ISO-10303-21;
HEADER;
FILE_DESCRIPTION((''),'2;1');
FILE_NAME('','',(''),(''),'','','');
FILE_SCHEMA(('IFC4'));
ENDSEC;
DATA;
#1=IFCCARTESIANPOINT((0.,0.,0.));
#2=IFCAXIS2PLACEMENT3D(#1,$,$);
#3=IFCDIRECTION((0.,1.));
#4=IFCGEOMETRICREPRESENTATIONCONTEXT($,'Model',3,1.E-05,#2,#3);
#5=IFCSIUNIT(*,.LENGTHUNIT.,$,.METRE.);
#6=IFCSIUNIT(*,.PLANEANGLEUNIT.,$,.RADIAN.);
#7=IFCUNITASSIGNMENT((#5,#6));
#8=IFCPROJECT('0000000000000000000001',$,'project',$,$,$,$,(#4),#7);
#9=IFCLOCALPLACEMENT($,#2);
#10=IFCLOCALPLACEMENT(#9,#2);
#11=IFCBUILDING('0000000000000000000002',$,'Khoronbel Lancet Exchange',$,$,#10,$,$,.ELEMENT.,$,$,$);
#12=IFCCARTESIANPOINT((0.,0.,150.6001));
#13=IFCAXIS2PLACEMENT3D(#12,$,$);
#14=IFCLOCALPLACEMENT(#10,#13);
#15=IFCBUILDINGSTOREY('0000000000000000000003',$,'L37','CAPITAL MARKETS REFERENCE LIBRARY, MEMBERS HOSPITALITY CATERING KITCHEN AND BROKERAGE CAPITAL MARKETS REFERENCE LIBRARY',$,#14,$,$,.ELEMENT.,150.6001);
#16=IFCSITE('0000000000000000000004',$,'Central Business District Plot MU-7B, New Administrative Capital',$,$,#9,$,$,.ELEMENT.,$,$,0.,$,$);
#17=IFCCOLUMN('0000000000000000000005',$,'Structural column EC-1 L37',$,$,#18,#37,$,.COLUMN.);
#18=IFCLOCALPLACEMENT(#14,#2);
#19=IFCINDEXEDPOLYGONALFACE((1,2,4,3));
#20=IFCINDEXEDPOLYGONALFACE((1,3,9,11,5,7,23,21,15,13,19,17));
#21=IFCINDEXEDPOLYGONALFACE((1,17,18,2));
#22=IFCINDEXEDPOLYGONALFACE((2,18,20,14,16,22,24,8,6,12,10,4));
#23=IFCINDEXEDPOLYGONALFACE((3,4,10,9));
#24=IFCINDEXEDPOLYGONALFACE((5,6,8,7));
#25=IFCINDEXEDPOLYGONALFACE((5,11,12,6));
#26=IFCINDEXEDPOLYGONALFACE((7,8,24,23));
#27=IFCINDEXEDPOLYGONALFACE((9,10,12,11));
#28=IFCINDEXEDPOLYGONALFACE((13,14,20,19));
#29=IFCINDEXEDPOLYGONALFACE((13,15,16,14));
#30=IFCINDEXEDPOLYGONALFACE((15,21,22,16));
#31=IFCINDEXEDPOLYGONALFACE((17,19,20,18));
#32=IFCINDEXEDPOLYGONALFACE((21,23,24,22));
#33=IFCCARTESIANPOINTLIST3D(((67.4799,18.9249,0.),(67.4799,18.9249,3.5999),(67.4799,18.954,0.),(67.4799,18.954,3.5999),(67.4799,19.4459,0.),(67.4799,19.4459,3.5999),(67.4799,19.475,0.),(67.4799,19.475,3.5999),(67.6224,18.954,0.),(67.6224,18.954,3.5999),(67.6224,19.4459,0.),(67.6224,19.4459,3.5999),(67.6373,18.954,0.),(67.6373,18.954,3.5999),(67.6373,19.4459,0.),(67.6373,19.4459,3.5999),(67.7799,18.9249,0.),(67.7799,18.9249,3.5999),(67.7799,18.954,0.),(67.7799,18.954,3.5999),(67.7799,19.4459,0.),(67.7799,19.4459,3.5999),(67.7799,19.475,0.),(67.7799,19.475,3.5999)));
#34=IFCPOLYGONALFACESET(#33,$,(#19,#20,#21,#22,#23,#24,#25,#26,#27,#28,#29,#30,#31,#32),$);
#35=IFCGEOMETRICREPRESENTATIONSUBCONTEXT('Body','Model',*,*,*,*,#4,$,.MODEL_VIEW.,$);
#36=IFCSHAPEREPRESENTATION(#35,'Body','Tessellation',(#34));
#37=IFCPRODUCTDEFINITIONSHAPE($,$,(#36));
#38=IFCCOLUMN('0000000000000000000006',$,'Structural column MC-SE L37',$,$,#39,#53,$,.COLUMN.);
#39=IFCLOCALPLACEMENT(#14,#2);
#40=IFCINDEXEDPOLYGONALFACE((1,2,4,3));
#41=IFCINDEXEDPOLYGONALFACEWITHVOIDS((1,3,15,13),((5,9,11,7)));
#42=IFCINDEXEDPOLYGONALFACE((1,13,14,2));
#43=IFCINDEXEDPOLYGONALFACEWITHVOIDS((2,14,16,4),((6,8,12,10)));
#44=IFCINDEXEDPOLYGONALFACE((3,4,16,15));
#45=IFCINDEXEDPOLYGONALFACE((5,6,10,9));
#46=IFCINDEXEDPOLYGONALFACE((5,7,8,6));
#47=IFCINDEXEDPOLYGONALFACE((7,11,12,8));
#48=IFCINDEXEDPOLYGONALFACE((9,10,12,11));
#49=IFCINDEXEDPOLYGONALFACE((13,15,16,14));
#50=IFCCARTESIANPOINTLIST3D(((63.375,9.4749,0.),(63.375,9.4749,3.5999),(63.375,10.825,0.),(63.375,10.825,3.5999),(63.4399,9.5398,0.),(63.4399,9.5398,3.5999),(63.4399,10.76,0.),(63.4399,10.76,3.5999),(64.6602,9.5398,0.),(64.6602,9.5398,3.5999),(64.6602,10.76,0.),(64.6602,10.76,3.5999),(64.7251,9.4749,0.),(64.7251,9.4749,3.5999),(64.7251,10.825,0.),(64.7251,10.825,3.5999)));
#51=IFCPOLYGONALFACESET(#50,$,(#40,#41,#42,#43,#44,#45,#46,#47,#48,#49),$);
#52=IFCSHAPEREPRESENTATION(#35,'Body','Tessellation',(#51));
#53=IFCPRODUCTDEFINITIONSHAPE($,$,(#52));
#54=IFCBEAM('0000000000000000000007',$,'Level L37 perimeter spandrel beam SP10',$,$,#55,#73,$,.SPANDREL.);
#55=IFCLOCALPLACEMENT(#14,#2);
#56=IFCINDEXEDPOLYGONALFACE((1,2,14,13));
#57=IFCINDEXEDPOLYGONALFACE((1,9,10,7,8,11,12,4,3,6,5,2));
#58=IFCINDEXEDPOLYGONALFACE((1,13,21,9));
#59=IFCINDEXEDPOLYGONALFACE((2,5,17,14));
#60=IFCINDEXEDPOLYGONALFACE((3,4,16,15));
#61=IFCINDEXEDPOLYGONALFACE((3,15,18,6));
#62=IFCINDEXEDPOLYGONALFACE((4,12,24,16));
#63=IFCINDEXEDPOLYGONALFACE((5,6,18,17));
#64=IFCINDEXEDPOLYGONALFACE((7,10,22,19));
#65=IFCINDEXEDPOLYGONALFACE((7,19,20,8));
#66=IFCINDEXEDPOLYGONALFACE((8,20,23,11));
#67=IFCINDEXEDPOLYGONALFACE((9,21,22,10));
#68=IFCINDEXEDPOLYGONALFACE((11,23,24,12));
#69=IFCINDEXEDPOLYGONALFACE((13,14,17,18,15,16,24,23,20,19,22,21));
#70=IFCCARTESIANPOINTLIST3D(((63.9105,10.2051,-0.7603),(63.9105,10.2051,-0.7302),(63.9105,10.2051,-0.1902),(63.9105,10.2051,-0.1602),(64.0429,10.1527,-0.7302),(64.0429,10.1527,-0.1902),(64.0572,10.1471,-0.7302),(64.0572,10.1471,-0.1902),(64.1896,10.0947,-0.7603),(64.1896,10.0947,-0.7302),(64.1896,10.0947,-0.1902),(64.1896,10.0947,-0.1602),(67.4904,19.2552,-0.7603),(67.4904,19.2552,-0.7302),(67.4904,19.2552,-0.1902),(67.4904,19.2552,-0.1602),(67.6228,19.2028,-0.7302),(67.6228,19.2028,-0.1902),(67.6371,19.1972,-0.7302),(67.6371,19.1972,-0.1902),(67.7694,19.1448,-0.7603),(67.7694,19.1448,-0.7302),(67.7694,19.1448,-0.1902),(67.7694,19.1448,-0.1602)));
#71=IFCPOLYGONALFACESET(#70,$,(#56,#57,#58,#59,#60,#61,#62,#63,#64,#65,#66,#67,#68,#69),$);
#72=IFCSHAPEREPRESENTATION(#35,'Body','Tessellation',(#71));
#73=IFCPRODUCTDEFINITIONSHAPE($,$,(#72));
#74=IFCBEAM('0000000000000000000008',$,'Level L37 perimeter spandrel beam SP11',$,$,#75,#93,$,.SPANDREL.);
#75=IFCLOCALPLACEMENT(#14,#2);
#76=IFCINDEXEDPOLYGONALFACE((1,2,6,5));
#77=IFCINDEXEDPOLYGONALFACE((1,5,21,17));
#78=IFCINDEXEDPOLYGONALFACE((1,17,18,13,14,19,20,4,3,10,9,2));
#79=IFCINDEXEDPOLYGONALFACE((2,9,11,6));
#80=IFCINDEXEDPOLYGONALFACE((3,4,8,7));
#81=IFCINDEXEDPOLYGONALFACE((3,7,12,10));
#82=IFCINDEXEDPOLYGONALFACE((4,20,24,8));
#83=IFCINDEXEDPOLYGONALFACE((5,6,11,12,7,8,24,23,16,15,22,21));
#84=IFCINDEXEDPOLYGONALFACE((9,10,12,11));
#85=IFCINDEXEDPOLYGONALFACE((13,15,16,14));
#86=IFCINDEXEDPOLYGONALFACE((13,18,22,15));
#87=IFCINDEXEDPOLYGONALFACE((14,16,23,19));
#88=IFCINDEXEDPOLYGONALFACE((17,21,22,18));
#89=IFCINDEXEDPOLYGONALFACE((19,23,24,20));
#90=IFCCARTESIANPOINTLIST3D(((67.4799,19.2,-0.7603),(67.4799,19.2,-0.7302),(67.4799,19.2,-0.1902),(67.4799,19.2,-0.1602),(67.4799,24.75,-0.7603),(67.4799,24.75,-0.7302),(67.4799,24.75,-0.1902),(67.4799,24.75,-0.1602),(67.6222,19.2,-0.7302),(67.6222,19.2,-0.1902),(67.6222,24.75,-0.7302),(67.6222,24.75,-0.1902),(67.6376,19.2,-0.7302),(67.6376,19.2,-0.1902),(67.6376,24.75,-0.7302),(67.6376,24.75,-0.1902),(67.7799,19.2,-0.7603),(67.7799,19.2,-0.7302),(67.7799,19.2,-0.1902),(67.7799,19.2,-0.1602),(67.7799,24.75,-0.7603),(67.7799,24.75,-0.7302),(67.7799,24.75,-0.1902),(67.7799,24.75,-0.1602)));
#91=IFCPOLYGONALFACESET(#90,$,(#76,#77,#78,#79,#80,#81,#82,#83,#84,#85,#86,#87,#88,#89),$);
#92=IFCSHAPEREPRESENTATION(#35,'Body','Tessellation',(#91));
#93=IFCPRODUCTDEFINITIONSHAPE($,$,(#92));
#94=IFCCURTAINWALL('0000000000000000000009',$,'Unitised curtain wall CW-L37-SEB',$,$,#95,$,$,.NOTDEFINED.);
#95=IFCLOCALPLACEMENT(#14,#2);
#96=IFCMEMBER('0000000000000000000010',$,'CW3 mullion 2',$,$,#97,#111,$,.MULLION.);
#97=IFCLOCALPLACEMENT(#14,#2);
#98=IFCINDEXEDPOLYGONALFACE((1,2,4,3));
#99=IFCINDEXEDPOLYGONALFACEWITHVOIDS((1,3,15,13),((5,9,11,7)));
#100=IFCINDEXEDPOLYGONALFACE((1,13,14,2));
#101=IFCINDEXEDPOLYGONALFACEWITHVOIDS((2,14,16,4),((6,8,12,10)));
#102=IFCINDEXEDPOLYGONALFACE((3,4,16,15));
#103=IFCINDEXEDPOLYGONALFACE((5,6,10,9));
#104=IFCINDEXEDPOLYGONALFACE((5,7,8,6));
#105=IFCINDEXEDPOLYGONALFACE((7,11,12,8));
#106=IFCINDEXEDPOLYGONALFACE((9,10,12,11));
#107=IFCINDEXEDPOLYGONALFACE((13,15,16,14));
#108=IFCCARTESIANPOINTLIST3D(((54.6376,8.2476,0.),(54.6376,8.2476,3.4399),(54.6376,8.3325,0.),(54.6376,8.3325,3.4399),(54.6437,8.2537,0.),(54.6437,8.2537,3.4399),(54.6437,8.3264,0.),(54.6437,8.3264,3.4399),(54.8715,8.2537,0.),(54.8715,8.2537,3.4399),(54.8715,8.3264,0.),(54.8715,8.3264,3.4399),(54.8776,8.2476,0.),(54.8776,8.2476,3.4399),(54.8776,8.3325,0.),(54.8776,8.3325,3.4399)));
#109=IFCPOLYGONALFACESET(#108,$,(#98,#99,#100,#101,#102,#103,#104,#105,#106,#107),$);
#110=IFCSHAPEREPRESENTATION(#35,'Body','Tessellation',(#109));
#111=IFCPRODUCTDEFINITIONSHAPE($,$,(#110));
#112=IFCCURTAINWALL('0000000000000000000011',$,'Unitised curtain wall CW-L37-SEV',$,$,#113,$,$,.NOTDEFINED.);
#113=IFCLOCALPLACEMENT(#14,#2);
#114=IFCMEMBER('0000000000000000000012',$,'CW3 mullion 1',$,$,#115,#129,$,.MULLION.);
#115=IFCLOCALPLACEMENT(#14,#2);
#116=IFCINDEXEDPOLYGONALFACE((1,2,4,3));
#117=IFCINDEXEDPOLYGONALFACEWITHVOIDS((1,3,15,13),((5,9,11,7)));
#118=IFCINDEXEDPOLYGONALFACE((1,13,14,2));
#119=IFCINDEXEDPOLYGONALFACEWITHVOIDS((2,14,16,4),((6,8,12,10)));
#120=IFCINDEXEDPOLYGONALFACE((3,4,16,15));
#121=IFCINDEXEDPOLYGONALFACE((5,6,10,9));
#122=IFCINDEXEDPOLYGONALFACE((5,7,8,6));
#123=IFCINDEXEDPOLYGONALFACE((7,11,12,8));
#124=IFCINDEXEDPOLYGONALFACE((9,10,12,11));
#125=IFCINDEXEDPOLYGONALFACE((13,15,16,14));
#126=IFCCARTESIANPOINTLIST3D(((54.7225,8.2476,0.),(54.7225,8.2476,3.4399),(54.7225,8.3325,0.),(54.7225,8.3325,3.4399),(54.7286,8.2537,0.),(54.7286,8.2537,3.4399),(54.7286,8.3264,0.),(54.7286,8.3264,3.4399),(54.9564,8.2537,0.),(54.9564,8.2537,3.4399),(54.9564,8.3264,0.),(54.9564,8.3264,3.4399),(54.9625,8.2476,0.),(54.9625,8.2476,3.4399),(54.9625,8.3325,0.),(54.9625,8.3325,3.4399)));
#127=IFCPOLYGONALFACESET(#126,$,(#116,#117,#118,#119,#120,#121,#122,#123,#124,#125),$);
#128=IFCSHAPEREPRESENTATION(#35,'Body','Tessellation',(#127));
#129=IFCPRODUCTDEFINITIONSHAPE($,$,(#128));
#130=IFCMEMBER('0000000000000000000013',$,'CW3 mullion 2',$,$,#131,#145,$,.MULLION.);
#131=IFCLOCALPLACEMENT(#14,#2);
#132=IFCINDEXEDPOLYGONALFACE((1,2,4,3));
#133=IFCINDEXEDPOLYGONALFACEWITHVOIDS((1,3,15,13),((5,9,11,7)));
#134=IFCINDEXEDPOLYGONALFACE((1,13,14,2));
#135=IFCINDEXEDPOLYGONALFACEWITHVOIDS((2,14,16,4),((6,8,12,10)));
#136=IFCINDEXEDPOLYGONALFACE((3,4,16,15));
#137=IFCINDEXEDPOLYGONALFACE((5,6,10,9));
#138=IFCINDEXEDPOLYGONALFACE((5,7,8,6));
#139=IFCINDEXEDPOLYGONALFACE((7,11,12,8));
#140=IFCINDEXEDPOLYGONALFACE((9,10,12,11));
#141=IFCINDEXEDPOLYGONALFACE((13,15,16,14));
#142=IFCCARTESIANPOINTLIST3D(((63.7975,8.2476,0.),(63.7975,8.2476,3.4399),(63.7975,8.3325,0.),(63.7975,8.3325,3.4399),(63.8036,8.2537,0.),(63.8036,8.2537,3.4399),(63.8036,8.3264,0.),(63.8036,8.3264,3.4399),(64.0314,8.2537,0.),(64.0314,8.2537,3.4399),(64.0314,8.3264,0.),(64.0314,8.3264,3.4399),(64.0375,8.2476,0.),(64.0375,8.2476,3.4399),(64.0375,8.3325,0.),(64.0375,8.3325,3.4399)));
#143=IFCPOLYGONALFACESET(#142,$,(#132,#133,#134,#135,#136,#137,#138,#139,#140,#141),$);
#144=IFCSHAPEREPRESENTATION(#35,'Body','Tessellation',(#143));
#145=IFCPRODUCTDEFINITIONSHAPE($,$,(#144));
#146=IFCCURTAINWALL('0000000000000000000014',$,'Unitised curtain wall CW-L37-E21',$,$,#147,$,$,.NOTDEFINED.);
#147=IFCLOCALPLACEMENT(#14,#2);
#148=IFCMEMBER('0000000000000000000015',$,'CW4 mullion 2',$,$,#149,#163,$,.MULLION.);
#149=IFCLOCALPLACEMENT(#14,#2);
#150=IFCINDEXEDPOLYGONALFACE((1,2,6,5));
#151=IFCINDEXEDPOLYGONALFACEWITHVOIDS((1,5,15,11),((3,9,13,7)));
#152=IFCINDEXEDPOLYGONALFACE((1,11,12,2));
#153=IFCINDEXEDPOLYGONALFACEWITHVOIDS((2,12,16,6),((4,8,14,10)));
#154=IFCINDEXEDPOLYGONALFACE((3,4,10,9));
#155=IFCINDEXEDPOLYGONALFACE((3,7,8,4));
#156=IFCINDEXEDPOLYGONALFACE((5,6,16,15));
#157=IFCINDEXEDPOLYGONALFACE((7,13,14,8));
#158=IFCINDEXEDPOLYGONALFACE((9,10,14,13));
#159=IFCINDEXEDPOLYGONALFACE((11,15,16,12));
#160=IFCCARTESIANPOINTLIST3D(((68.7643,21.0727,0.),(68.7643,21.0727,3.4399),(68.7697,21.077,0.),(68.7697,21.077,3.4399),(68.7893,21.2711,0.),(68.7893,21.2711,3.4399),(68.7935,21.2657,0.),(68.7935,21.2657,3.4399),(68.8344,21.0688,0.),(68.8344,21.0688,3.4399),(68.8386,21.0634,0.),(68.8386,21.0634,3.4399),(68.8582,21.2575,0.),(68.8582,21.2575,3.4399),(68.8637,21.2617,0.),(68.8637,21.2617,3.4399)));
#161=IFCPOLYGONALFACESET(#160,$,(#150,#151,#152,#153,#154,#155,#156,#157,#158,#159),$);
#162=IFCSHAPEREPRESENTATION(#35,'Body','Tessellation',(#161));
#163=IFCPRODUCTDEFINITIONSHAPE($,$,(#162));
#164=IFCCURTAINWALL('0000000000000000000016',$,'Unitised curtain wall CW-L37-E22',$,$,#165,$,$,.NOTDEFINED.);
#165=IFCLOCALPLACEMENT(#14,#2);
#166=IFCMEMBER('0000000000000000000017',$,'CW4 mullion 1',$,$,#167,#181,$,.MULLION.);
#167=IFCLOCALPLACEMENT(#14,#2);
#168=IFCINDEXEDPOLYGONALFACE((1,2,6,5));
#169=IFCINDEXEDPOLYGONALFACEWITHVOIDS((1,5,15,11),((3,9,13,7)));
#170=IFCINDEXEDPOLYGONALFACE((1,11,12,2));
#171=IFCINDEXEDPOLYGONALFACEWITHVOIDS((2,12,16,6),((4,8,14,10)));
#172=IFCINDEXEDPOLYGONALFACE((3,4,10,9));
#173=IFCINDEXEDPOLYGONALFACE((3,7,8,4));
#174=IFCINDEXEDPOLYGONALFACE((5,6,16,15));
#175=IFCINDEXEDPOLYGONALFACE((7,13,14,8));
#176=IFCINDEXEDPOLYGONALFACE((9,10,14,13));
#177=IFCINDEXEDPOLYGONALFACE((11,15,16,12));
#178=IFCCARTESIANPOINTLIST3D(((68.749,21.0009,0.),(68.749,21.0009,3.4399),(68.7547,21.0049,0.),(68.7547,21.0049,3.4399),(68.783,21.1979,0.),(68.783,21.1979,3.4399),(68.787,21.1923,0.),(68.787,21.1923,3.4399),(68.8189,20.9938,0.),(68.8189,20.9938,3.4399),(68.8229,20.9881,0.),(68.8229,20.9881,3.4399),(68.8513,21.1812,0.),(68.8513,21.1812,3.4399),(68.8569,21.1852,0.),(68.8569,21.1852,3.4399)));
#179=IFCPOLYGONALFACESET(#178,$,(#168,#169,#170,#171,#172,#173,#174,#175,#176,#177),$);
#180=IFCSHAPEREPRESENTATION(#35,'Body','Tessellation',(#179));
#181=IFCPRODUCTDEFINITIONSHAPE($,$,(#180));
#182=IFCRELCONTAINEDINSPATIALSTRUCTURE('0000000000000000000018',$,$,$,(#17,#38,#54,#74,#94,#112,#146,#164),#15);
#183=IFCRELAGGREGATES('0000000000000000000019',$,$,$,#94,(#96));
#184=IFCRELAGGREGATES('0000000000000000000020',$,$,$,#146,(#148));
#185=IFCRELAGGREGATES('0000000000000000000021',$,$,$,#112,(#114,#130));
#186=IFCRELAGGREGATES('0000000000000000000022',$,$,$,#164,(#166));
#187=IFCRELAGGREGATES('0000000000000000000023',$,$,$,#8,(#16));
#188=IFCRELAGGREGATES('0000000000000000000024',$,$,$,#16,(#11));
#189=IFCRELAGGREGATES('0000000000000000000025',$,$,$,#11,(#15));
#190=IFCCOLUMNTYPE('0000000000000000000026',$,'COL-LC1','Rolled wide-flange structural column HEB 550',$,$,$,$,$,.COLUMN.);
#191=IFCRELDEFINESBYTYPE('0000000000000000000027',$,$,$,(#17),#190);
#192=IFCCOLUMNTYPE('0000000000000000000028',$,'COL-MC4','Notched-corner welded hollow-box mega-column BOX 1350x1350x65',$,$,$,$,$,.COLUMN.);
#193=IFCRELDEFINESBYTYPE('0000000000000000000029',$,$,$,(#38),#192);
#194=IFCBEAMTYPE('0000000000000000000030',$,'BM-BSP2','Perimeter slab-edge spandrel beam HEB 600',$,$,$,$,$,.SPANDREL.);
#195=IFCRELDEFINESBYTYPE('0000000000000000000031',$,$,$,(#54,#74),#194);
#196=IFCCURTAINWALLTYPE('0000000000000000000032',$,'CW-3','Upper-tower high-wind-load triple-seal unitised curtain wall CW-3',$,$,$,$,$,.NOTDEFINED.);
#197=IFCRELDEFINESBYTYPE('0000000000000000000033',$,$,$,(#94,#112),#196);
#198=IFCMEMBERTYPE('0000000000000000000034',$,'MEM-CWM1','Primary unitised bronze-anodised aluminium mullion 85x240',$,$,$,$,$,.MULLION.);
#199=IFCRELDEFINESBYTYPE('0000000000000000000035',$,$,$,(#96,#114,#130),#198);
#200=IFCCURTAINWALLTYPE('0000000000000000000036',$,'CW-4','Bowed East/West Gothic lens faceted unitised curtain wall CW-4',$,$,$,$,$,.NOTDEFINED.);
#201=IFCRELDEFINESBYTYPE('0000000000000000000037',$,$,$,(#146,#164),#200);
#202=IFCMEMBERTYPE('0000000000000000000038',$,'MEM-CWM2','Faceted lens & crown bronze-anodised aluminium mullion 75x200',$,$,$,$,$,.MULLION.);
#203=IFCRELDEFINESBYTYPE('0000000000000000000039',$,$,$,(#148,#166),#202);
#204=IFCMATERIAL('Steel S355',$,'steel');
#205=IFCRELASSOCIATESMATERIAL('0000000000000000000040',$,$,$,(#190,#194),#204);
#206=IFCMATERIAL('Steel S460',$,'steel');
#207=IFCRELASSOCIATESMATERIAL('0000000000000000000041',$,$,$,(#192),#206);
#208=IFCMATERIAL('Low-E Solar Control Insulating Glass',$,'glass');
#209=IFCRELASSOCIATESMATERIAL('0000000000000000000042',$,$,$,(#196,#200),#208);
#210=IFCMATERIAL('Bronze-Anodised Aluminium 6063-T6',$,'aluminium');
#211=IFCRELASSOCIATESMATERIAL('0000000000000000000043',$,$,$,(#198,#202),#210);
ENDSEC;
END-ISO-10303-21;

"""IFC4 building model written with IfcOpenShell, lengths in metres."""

from ifc_helpers import new_model, si_unit, direction, frame, origin, origin_2d, place, context, subcontext, project, spatial, hollow_rectangle, i_section, extrude, material, material_profile, profile_set, type_object, element, aggregate, save


model = new_model("IFC4")

# Units and contexts
model_context = context("Model", 3, precision=1e-05, world=origin(), true_north=direction((0.0, 1.0)))
body_context = subcontext(model_context, "Body", "Model", "MODEL_VIEW")
ifc_project = project(units=[si_unit("LENGTHUNIT", "METRE"), si_unit("PLANEANGLEUNIT", "RADIAN")], contexts=[model_context])

# Site, building, storey
site_placement = place(None, origin())
site = spatial("IfcSite", under=ifc_project, at=site_placement, Name="Central Business District Plot MU-7B, New Administrative Capital", CompositionType="ELEMENT", RefElevation=0.0)
building_placement = place(site_placement, origin())
building = spatial("IfcBuilding", under=site, at=building_placement, Name="Khoronbel Lancet Exchange", CompositionType="ELEMENT")
storey_placement = place(building_placement, frame((0.0, 0.0, 150.6001)))
storey = spatial("IfcBuildingStorey", under=building, at=storey_placement, Name="L37", Description="CAPITAL MARKETS REFERENCE LIBRARY, MEMBERS HOSPITALITY CATERING KITCHEN AND BROKERAGE CAPITAL MARKETS REFERENCE LIBRARY", CompositionType="ELEMENT", Elevation=150.6001)

# Columns
ifc_material_1 = material(Name="Steel S355", Category="steel")
ifc_material_profile_1 = material_profile(ifc_material_1, i_section(OverallWidth=0.3, OverallDepth=0.55, WebThickness=0.0149, FlangeThickness=0.0291, at=origin_2d()), Name="HEB 550")
ifc_profile_set_1 = profile_set([ifc_material_profile_1], Name="Steel S355")
column_type_1 = type_object("IfcColumnType", Name="COL-LC1", Description="Rolled wide-flange structural column HEB 550", PredefinedType="COLUMN", material=ifc_profile_set_1)
column_1_placement = place(storey_placement, frame((67.6299, 19.2, 0.0), z_axis=(0.0, 0.0, 1.0), x_axis=(1.0, 0.0, 0.0)))
element("IfcColumn", 1, at=column_1_placement, inside=storey, type_object=column_type_1, Name="Structural column EC-1 L37", PredefinedType="COLUMN", context=body_context, shape_type="SweptSolid", body=[
    extrude(i_section(OverallWidth=0.3, OverallDepth=0.55, WebThickness=0.0149, FlangeThickness=0.0291, at=origin_2d()), origin(), (0.0, 0.0, 1.0), 3.5999),
])
ifc_material_2 = material(Name="Steel S460", Category="steel")
ifc_material_profile_2 = material_profile(ifc_material_2, hollow_rectangle(XDim=1.3501, YDim=1.3501, WallThickness=0.0649, at=origin_2d()), Name="BOX 1350x1350x65")
ifc_profile_set_2 = profile_set([ifc_material_profile_2], Name="Steel S460")
column_type_2 = type_object("IfcColumnType", Name="COL-MC4", Description="Notched-corner welded hollow-box mega-column BOX 1350x1350x65", PredefinedType="COLUMN", material=ifc_profile_set_2)
column_2_placement = place(storey_placement, frame((64.05, 10.1499, 0.0), z_axis=(0.0, 0.0, 1.0), x_axis=(1.0, 0.0, 0.0)))
element("IfcColumn", 2, at=column_2_placement, inside=storey, type_object=column_type_2, Name="Structural column MC-SE L37", PredefinedType="COLUMN", context=body_context, shape_type="SweptSolid", body=[
    extrude(hollow_rectangle(XDim=1.3501, YDim=1.3501, WallThickness=0.0649, at=origin_2d()), origin(), (0.0, 0.0, 1.0), 3.5999),
])

# Beams
ifc_material_profile_3 = material_profile(ifc_material_1, i_section(OverallWidth=0.3, OverallDepth=0.6001, WebThickness=0.0154, FlangeThickness=0.03, at=origin_2d()), Name="HEB 600")
ifc_profile_set_3 = profile_set([ifc_material_profile_3], Name="Steel S355")
beam_type = type_object("IfcBeamType", Name="BM-BSP2", Description="Perimeter slab-edge spandrel beam HEB 600", PredefinedType="SPANDREL", material=ifc_profile_set_3)
beam_1_placement = place(storey_placement, frame((64.05, 10.1499, -0.4602), z_axis=(0.367828, 0.929894, 0.0), x_axis=(-0.929894, 0.367828, 0.0)))
element("IfcBeam", 3, at=beam_1_placement, inside=storey, type_object=beam_type, Name="Level L37 perimeter spandrel beam SP10", PredefinedType="SPANDREL", context=body_context, shape_type="SweptSolid", body=[
    extrude(i_section(OverallWidth=0.3, OverallDepth=0.6001, WebThickness=0.0154, FlangeThickness=0.03, at=origin_2d()), origin(), (0.0, 0.0, 1.0), 9.7324),
])
beam_2_placement = place(storey_placement, frame((67.6299, 19.2, -0.4602), z_axis=(0.0, 1.0, 0.0), x_axis=(-1.0, 0.0, 0.0)))
element("IfcBeam", 4, at=beam_2_placement, inside=storey, type_object=beam_type, Name="Level L37 perimeter spandrel beam SP11", PredefinedType="SPANDREL", context=body_context, shape_type="SweptSolid", body=[
    extrude(i_section(OverallWidth=0.3, OverallDepth=0.6001, WebThickness=0.0154, FlangeThickness=0.03, at=origin_2d()), origin(), (0.0, 0.0, 1.0), 5.55),
])

# Curtain wall, member
ifc_material_3 = material(Name="Low-E Solar Control Insulating Glass", Category="glass")
curtain_wall_type_1 = type_object("IfcCurtainWallType", Name="CW-3", Description="Upper-tower high-wind-load triple-seal unitised curtain wall CW-3", PredefinedType="NOTDEFINED", material=ifc_material_3)
curtain_wall_1_placement = place(storey_placement, origin())
curtain_wall_1 = element("IfcCurtainWall", 5, at=curtain_wall_1_placement, inside=storey, type_object=curtain_wall_type_1, Name="Unitised curtain wall CW-L37-SEB", PredefinedType="NOTDEFINED")
ifc_material_4 = material(Name="Bronze-Anodised Aluminium 6063-T6", Category="aluminium")
ifc_material_profile_4 = material_profile(ifc_material_4, hollow_rectangle(XDim=0.085, YDim=0.24, WallThickness=0.0061, at=origin_2d()), Name="ALU MULLION 85x240")
ifc_profile_set_4 = profile_set([ifc_material_profile_4], Name="Bronze-Anodised Aluminium 6063-T6")
member_type_1 = type_object("IfcMemberType", Name="MEM-CWM1", Description="Primary unitised bronze-anodised aluminium mullion 85x240", PredefinedType="MULLION", material=ifc_profile_set_4)
member_1_placement = place(storey_placement, frame((54.7576, 8.29, 0.0), z_axis=(0.0, 0.0, 1.0), x_axis=(0.0, 1.0, 0.0)))
member_1 = element("IfcMember", 6, at=member_1_placement, type_object=member_type_1, Name="CW3 mullion 2", PredefinedType="MULLION", context=body_context, shape_type="SweptSolid", body=[
    extrude(hollow_rectangle(XDim=0.085, YDim=0.24, WallThickness=0.0061, at=origin_2d()), origin(), (0.0, 0.0, 1.0), 3.4399),
])
aggregate(curtain_wall_1, [member_1])

# Curtain wall, members
curtain_wall_2_placement = place(storey_placement, origin())
curtain_wall_2 = element("IfcCurtainWall", 7, at=curtain_wall_2_placement, inside=storey, type_object=curtain_wall_type_1, Name="Unitised curtain wall CW-L37-SEV", PredefinedType="NOTDEFINED")
member_2_placement = place(storey_placement, frame((54.8425, 8.29, 0.0), z_axis=(0.0, 0.0, 1.0), x_axis=(0.0, 1.0, 0.0)))
member_2 = element("IfcMember", 8, at=member_2_placement, type_object=member_type_1, Name="CW3 mullion 1", PredefinedType="MULLION", context=body_context, shape_type="SweptSolid", body=[
    extrude(hollow_rectangle(XDim=0.085, YDim=0.24, WallThickness=0.0061, at=origin_2d()), origin(), (0.0, 0.0, 1.0), 3.4399),
])
member_3_placement = place(storey_placement, frame((63.9175, 8.29, 0.0), z_axis=(0.0, 0.0, 1.0), x_axis=(0.0, 1.0, 0.0)))
member_3 = element("IfcMember", 9, at=member_3_placement, type_object=member_type_1, Name="CW3 mullion 2", PredefinedType="MULLION", context=body_context, shape_type="SweptSolid", body=[
    extrude(hollow_rectangle(XDim=0.085, YDim=0.24, WallThickness=0.0061, at=origin_2d()), origin(), (0.0, 0.0, 1.0), 3.4399),
])

# Curtain wall, member
curtain_wall_type_2 = type_object("IfcCurtainWallType", Name="CW-4", Description="Bowed East/West Gothic lens faceted unitised curtain wall CW-4", PredefinedType="NOTDEFINED", material=ifc_material_3)
curtain_wall_3_placement = place(storey_placement, origin())
curtain_wall_3 = element("IfcCurtainWall", 10, at=curtain_wall_3_placement, inside=storey, type_object=curtain_wall_type_2, Name="Unitised curtain wall CW-L37-E21", PredefinedType="NOTDEFINED")
ifc_material_profile_5 = material_profile(ifc_material_4, hollow_rectangle(XDim=0.075, YDim=0.2, WallThickness=0.0049, at=origin_2d()), Name="ALU MULLION 75x200")
ifc_profile_set_5 = profile_set([ifc_material_profile_5], Name="Bronze-Anodised Aluminium 6063-T6")
member_type_2 = type_object("IfcMemberType", Name="MEM-CWM2", Description="Faceted lens & crown bronze-anodised aluminium mullion 75x200", PredefinedType="MULLION", material=ifc_profile_set_5)
member_4_placement = place(storey_placement, frame((68.814, 21.1672, 0.0), z_axis=(0.0, 0.0, 1.0), x_axis=(0.992117, -0.125313, 0.0)))
member_4 = element("IfcMember", 11, at=member_4_placement, type_object=member_type_2, Name="CW4 mullion 2", PredefinedType="MULLION", context=body_context, shape_type="SweptSolid", body=[
    extrude(hollow_rectangle(XDim=0.075, YDim=0.2, WallThickness=0.0049, at=origin_2d()), origin(), (0.0, 0.0, 1.0), 3.4399),
])
aggregate(curtain_wall_3, [member_4])

# Curtain wall, member
curtain_wall_4_placement = place(storey_placement, origin())
curtain_wall_4 = element("IfcCurtainWall", 12, at=curtain_wall_4_placement, inside=storey, type_object=curtain_wall_type_2, Name="Unitised curtain wall CW-L37-E22", PredefinedType="NOTDEFINED")
member_5_placement = place(storey_placement, frame((68.803, 21.093, 0.0), z_axis=(0.0, 0.0, 1.0), x_axis=(0.985439, -0.170029, 0.0)))
member_5 = element("IfcMember", 13, at=member_5_placement, type_object=member_type_2, Name="CW4 mullion 1", PredefinedType="MULLION", context=body_context, shape_type="SweptSolid", body=[
    extrude(hollow_rectangle(XDim=0.075, YDim=0.2, WallThickness=0.0049, at=origin_2d()), origin(), (0.0, 0.0, 1.0), 3.4399),
])

aggregate(curtain_wall_2, [member_2, member_3])
aggregate(curtain_wall_4, [member_5])

save(model, "model.ifc")
